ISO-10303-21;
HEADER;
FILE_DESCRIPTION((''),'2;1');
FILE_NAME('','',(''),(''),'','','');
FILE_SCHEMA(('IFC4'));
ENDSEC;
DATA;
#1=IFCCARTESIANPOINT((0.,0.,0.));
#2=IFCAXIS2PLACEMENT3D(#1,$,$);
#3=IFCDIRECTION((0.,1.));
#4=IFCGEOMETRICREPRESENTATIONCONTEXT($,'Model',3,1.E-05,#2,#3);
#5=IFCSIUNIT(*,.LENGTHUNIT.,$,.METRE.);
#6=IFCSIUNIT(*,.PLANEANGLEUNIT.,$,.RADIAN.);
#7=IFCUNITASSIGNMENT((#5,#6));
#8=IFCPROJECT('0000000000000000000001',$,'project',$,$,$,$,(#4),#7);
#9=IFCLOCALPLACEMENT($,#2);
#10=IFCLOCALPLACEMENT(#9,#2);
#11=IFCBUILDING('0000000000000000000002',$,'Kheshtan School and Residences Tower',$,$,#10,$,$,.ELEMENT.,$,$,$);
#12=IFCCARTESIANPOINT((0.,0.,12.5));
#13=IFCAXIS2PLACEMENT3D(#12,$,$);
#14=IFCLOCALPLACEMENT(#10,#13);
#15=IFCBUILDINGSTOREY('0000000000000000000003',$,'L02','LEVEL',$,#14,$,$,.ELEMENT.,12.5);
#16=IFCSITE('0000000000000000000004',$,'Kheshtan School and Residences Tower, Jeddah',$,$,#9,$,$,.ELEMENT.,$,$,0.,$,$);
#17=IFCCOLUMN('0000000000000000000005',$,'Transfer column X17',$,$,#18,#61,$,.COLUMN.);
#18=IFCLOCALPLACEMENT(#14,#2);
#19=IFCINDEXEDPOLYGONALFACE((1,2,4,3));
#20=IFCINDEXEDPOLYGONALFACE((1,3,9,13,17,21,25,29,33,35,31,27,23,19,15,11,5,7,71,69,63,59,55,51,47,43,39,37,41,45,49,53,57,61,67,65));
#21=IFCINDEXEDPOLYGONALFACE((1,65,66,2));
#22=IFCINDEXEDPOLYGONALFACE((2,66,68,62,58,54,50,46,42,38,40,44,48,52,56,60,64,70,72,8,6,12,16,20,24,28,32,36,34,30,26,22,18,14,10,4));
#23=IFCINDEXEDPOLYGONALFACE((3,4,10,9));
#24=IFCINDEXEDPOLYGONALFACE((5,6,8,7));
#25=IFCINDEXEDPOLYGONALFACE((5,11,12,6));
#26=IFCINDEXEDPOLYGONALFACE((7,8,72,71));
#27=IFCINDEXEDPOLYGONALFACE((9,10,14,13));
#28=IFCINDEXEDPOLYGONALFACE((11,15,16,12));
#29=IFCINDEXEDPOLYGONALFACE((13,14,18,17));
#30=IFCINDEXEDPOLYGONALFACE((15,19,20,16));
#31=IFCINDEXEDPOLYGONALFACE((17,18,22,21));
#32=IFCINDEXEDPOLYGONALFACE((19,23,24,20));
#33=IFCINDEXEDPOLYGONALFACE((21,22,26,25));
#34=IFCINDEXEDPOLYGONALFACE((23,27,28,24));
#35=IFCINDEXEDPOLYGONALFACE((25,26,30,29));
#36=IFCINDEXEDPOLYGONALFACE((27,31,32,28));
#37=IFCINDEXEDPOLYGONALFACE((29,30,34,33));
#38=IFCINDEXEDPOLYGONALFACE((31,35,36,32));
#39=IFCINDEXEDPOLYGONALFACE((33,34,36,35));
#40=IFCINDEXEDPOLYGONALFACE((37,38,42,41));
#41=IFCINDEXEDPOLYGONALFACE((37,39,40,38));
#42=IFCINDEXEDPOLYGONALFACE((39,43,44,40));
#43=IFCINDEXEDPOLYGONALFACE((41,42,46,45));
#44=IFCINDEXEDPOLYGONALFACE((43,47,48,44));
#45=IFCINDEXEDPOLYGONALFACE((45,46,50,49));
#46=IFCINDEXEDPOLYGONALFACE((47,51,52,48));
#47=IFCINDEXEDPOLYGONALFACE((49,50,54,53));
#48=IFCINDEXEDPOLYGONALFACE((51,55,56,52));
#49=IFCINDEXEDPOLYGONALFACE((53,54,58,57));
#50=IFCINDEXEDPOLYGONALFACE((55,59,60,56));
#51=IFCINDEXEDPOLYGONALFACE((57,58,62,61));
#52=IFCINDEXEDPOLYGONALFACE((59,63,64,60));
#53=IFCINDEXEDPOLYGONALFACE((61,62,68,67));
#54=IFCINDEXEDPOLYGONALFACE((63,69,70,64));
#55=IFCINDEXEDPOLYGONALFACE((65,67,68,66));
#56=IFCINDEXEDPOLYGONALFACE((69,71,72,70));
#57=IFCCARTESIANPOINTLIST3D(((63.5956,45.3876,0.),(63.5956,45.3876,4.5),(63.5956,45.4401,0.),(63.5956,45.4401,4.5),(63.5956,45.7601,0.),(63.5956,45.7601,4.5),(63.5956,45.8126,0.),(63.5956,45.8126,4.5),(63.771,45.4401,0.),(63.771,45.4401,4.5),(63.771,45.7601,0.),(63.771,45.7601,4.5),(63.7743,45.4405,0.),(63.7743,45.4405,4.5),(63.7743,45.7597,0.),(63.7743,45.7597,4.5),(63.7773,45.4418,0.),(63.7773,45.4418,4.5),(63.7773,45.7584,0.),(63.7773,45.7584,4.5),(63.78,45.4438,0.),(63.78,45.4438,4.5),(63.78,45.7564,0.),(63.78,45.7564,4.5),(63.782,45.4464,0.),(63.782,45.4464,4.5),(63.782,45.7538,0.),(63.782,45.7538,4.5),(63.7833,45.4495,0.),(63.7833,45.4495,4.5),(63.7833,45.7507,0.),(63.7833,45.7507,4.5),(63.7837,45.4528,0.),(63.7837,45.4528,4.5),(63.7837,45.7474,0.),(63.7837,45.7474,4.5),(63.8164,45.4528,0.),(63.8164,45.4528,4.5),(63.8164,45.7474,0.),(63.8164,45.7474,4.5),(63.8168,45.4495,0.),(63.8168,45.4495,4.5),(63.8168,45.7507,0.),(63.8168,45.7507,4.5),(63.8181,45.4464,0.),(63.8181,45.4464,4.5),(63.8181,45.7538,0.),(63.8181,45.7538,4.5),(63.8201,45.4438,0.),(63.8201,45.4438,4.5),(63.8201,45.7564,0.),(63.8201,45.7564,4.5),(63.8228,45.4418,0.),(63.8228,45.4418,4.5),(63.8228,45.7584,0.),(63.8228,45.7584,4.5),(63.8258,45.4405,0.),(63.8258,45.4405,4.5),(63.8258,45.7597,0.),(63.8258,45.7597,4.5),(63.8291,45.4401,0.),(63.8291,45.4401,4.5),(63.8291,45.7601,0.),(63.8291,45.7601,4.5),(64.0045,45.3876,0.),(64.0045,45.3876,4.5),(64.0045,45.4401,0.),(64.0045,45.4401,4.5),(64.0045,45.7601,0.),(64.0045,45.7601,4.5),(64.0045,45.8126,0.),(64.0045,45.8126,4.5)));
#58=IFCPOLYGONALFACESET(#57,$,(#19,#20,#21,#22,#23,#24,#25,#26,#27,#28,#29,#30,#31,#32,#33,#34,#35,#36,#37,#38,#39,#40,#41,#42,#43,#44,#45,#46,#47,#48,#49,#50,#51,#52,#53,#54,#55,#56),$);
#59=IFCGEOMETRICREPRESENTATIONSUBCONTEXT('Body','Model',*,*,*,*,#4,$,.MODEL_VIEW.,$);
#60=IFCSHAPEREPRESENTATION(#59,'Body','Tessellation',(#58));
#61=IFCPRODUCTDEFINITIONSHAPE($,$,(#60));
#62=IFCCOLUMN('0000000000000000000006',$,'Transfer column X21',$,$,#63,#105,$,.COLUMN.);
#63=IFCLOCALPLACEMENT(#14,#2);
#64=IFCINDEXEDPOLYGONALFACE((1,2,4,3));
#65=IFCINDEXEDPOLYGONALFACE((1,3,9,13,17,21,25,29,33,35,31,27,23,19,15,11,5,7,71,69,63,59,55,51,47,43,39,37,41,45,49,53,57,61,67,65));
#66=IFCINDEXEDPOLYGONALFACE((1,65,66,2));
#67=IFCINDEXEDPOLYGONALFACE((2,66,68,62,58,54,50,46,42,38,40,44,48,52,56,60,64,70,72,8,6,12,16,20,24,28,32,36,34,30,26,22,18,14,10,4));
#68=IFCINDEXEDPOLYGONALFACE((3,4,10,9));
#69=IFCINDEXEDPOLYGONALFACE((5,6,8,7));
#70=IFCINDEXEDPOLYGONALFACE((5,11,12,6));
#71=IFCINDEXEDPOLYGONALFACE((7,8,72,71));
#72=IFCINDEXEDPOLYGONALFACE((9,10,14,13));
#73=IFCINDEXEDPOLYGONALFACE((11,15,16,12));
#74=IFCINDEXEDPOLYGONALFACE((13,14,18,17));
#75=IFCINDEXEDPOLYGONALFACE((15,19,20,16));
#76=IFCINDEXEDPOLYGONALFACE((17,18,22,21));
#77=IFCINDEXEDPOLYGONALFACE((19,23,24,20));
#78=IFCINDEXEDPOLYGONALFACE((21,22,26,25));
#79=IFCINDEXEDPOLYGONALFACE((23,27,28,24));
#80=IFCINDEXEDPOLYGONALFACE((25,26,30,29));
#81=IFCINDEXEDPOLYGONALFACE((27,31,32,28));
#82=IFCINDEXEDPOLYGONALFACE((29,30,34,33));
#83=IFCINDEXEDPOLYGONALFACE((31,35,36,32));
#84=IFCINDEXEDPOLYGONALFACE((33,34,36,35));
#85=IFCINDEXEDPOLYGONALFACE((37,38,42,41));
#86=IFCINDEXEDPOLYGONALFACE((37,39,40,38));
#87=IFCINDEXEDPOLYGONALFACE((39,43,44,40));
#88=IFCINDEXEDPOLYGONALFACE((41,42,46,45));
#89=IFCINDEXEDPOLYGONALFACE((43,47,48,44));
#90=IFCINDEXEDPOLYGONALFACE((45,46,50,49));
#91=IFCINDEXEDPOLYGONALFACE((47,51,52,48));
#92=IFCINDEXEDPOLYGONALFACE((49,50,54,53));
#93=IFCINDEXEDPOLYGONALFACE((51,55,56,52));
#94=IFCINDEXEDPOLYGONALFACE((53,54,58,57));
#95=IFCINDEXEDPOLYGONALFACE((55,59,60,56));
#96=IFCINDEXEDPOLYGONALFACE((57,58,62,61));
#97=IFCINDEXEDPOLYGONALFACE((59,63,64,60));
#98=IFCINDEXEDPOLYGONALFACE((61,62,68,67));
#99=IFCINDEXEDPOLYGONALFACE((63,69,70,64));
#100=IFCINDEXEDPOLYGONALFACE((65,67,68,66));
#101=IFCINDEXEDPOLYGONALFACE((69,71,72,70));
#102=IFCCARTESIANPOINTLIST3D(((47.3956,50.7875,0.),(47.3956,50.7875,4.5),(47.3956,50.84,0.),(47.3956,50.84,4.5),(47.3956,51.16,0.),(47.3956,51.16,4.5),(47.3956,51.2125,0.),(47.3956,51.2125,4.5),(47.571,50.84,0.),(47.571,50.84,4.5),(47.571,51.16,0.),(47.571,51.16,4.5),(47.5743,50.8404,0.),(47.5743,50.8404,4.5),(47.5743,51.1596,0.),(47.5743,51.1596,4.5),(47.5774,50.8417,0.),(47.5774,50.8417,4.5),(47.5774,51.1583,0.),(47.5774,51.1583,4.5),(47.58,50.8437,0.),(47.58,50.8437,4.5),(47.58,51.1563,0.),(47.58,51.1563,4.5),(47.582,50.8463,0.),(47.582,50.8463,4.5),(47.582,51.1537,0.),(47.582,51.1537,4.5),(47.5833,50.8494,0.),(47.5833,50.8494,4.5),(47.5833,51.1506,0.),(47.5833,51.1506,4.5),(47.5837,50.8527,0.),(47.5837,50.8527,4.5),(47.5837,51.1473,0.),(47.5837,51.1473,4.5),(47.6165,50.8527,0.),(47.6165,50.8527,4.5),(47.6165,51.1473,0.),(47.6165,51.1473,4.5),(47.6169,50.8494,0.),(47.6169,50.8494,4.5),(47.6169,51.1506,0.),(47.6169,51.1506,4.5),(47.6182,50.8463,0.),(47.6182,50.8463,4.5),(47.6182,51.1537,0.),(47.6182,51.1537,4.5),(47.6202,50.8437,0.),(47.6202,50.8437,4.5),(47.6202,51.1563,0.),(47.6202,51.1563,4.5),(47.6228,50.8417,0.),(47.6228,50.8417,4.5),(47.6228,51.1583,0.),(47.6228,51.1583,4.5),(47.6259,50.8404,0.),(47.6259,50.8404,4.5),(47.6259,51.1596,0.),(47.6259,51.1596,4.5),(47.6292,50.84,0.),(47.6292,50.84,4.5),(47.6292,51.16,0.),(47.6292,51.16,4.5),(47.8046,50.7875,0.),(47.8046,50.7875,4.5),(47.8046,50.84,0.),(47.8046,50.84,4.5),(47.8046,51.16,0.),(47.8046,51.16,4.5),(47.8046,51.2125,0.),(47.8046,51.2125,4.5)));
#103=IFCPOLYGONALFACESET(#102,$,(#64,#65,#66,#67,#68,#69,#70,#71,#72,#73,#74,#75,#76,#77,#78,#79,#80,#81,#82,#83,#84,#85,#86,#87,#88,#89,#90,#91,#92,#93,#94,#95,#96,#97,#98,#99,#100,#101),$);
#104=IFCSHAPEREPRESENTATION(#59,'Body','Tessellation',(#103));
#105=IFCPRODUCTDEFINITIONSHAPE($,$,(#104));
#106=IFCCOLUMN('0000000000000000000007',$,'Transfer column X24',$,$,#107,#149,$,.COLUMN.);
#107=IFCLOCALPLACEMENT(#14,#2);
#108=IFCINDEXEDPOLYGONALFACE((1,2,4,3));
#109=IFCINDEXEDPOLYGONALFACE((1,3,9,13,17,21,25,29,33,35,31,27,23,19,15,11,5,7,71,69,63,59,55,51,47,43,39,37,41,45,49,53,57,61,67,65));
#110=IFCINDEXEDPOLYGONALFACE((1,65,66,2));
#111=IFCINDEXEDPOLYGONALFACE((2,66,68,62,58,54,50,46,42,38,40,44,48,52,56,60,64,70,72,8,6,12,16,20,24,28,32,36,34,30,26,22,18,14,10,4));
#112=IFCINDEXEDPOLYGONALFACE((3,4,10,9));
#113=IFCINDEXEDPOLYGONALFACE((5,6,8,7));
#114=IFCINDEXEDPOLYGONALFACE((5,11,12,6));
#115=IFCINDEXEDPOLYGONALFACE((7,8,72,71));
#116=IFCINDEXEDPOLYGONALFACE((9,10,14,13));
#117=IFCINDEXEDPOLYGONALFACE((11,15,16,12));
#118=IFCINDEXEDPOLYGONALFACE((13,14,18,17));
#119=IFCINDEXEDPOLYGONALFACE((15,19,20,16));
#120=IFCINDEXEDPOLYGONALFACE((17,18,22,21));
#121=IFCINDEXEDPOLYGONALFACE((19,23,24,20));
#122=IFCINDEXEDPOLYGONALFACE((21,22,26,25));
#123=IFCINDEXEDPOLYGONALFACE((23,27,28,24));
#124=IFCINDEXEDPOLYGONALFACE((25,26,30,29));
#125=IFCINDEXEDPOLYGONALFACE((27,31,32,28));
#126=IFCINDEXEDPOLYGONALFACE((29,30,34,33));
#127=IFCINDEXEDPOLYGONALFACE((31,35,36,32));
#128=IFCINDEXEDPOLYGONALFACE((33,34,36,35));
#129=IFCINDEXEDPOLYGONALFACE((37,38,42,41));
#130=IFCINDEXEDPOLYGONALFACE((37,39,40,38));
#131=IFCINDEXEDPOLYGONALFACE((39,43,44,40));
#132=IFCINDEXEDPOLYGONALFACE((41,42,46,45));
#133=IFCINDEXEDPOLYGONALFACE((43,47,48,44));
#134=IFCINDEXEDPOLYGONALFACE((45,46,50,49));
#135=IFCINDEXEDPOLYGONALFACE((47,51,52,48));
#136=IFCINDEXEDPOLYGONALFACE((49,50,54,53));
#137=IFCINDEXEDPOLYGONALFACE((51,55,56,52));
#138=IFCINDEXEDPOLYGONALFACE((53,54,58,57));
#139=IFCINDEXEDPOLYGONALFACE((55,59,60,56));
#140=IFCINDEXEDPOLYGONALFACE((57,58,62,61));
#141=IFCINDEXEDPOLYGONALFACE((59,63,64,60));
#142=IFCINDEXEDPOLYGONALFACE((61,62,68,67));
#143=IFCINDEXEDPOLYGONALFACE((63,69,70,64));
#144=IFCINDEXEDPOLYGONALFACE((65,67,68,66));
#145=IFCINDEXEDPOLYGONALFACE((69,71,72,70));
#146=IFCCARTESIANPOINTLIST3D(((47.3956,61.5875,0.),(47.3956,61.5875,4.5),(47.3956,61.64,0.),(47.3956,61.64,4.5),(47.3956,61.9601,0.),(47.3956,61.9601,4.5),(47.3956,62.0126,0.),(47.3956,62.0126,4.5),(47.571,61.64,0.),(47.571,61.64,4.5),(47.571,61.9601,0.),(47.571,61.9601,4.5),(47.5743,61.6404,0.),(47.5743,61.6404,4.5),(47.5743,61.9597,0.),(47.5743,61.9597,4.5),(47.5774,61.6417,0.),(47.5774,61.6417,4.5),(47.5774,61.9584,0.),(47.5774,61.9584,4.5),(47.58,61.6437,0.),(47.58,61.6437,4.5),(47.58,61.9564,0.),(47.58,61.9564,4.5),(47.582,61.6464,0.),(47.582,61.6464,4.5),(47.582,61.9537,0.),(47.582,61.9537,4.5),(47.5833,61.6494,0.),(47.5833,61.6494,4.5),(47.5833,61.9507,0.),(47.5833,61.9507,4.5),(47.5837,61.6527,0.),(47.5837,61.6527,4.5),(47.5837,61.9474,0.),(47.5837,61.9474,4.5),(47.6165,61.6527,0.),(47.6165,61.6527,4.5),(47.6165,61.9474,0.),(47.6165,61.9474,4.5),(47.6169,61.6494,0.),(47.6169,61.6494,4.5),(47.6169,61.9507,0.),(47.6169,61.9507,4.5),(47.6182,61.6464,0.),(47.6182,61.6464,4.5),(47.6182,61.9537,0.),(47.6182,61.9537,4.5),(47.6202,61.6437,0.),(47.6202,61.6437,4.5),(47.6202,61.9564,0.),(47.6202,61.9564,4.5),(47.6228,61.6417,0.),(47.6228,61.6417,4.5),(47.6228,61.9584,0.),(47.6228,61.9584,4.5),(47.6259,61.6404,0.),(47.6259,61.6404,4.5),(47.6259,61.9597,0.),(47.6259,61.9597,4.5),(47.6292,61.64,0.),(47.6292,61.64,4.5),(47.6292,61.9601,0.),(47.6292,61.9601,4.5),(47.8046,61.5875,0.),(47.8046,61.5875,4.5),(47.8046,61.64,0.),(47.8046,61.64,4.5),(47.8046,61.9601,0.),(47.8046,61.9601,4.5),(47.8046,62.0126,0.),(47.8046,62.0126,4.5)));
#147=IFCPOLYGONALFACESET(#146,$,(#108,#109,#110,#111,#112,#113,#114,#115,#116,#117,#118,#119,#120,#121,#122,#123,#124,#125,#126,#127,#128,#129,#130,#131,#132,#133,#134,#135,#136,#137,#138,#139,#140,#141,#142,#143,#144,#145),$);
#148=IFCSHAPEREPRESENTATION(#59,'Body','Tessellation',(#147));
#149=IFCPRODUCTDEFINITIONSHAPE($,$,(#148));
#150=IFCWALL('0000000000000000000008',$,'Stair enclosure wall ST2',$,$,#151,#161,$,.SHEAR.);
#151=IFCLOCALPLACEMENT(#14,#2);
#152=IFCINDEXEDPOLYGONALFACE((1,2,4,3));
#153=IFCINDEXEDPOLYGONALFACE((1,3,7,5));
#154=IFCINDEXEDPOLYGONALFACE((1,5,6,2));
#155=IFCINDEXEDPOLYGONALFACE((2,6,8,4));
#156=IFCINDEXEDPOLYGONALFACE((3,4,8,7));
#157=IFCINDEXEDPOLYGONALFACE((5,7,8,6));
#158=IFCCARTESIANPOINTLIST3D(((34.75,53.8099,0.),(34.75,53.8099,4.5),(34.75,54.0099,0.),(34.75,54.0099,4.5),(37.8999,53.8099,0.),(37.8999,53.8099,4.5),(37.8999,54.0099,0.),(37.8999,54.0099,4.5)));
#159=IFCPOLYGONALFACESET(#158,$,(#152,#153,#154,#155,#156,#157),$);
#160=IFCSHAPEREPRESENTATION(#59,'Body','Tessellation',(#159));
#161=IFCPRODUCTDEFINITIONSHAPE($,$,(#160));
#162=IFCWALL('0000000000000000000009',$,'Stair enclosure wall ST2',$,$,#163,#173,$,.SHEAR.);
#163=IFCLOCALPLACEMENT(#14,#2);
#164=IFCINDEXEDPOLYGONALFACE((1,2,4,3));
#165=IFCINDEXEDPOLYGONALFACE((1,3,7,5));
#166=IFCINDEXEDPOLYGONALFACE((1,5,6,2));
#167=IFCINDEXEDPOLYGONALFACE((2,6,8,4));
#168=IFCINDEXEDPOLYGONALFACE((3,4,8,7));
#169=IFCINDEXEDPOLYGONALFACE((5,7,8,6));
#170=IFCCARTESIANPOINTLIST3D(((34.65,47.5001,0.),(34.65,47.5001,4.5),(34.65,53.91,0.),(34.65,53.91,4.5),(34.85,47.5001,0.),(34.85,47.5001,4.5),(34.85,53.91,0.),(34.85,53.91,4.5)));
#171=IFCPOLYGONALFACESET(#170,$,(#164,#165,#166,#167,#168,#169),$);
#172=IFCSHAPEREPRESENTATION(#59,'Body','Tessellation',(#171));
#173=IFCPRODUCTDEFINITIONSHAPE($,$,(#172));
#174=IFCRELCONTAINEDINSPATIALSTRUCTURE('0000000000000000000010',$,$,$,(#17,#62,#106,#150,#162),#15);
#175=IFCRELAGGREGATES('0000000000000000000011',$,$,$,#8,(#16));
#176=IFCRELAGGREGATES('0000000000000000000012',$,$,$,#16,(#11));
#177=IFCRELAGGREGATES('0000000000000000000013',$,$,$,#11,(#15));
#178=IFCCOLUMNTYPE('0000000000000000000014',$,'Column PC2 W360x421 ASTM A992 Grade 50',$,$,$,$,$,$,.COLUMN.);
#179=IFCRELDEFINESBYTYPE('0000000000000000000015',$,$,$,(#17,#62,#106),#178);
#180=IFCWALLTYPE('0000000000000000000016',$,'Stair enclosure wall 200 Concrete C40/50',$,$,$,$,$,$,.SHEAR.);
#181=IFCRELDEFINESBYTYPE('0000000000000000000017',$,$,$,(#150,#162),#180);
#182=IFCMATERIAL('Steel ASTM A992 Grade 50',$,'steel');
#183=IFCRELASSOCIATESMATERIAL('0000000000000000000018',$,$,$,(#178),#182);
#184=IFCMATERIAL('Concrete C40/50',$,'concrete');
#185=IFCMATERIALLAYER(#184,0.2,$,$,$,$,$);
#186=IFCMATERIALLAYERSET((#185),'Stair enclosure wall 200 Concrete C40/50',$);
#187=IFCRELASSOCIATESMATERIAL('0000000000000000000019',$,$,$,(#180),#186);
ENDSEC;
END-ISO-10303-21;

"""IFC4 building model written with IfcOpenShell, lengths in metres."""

from ifc_helpers import new_model, si_unit, direction, frame, frame_2d, origin, origin_2d, place, context, subcontext, project, spatial, rectangle, i_section, extrude, material, layer, layer_set, material_profile, profile_set, type_object, element, save


model = new_model("IFC4")

# Units and contexts
model_context = context("Model", 3, precision=1e-05, world=origin(), true_north=direction((0.0, 1.0)))
body_context = subcontext(model_context, "Body", "Model", "MODEL_VIEW")
ifc_project = project(units=[si_unit("LENGTHUNIT", "METRE"), si_unit("PLANEANGLEUNIT", "RADIAN")], contexts=[model_context])

# Site, building, storey
site_placement = place(None, origin())
site = spatial("IfcSite", under=ifc_project, at=site_placement, Name="Kheshtan School and Residences Tower, Jeddah", CompositionType="ELEMENT", RefElevation=0.0)
building_placement = place(site_placement, origin())
building = spatial("IfcBuilding", under=site, at=building_placement, Name="Kheshtan School and Residences Tower", CompositionType="ELEMENT")
storey_placement = place(building_placement, frame((0.0, 0.0, 12.5)))
storey = spatial("IfcBuildingStorey", under=building, at=storey_placement, Name="L02", Description="LEVEL", CompositionType="ELEMENT", Elevation=12.5)

# Columns
ifc_material_1 = material(Name="Steel ASTM A992 Grade 50", Category="steel")
ifc_material_profile = material_profile(ifc_material_1, i_section(OverallWidth=0.4089, OverallDepth=0.425, WebThickness=0.0327, FlangeThickness=0.0525, FilletRadius=0.0127, at=origin_2d()), Name="W360x421")
ifc_profile_set = profile_set([ifc_material_profile], Name="Steel ASTM A992 Grade 50")
column_type = type_object("IfcColumnType", Name="Column PC2 W360x421 ASTM A992 Grade 50", PredefinedType="COLUMN", material=ifc_profile_set)
for number, where, z_axis, x_axis, name in (
    (1, (63.8, 45.6001, 0.0), (0.0, 0.0, 1.0), (1.0, 0.0, 0.0), "Transfer column X17"),
    (2, (47.6001, 51.0, 0.0), (0.0, 0.0, 1.0), (1.0, 0.0, 0.0), "Transfer column X21"),
    (3, (47.6001, 61.8, 0.0), (0.0, 0.0, 1.0), (1.0, 0.0, 0.0), "Transfer column X24"),
):
    element("IfcColumn", number, at=place(storey_placement, frame(where, z_axis=z_axis, x_axis=x_axis)), inside=storey, type_object=column_type, Name=name, PredefinedType="COLUMN", context=body_context, shape_type="SweptSolid", body=[
        extrude(i_section(OverallWidth=0.4089, OverallDepth=0.425, WebThickness=0.0327, FlangeThickness=0.0525, FilletRadius=0.0127, at=origin_2d()), origin(), (0.0, 0.0, 1.0), 4.5),
    ])

# Walls
ifc_material_2 = material(Name="Concrete C40/50", Category="concrete")
ifc_layer_1 = layer(ifc_material_2, 0.2)
ifc_layer_set_1 = layer_set([ifc_layer_1], Name="Stair enclosure wall 200 Concrete C40/50")
wall_type = type_object("IfcWallType", Name="Stair enclosure wall 200 Concrete C40/50", PredefinedType="SHEAR", material=ifc_layer_set_1)
wall_1_placement = place(storey_placement, frame((34.75, 53.9099, 0.0), z_axis=(0.0, 0.0, 1.0), x_axis=(1.0, 0.0, 0.0)))
element("IfcWall", 4, at=wall_1_placement, inside=storey, type_object=wall_type, Name="Stair enclosure wall ST2", PredefinedType="SHEAR", context=body_context, shape_type="SweptSolid", body=[
    extrude(rectangle(XDim=3.1499, YDim=0.2, at=frame_2d((1.575, 0.0))), origin(), (0.0, 0.0, 1.0), 4.5),
])
wall_2_placement = place(storey_placement, frame((34.75, 47.5, 0.0), z_axis=(0.0, 0.0, 1.0), x_axis=(0.0, 1.0, 0.0)))
element("IfcWall", 5, at=wall_2_placement, inside=storey, type_object=wall_type, Name="Stair enclosure wall ST2", PredefinedType="SHEAR", context=body_context, shape_type="SweptSolid", body=[
    extrude(rectangle(XDim=6.4099, YDim=0.2, at=frame_2d((3.2051, 0.0))), origin(), (0.0, 0.0, 1.0), 4.5),
])

save(model, "model.ifc")
